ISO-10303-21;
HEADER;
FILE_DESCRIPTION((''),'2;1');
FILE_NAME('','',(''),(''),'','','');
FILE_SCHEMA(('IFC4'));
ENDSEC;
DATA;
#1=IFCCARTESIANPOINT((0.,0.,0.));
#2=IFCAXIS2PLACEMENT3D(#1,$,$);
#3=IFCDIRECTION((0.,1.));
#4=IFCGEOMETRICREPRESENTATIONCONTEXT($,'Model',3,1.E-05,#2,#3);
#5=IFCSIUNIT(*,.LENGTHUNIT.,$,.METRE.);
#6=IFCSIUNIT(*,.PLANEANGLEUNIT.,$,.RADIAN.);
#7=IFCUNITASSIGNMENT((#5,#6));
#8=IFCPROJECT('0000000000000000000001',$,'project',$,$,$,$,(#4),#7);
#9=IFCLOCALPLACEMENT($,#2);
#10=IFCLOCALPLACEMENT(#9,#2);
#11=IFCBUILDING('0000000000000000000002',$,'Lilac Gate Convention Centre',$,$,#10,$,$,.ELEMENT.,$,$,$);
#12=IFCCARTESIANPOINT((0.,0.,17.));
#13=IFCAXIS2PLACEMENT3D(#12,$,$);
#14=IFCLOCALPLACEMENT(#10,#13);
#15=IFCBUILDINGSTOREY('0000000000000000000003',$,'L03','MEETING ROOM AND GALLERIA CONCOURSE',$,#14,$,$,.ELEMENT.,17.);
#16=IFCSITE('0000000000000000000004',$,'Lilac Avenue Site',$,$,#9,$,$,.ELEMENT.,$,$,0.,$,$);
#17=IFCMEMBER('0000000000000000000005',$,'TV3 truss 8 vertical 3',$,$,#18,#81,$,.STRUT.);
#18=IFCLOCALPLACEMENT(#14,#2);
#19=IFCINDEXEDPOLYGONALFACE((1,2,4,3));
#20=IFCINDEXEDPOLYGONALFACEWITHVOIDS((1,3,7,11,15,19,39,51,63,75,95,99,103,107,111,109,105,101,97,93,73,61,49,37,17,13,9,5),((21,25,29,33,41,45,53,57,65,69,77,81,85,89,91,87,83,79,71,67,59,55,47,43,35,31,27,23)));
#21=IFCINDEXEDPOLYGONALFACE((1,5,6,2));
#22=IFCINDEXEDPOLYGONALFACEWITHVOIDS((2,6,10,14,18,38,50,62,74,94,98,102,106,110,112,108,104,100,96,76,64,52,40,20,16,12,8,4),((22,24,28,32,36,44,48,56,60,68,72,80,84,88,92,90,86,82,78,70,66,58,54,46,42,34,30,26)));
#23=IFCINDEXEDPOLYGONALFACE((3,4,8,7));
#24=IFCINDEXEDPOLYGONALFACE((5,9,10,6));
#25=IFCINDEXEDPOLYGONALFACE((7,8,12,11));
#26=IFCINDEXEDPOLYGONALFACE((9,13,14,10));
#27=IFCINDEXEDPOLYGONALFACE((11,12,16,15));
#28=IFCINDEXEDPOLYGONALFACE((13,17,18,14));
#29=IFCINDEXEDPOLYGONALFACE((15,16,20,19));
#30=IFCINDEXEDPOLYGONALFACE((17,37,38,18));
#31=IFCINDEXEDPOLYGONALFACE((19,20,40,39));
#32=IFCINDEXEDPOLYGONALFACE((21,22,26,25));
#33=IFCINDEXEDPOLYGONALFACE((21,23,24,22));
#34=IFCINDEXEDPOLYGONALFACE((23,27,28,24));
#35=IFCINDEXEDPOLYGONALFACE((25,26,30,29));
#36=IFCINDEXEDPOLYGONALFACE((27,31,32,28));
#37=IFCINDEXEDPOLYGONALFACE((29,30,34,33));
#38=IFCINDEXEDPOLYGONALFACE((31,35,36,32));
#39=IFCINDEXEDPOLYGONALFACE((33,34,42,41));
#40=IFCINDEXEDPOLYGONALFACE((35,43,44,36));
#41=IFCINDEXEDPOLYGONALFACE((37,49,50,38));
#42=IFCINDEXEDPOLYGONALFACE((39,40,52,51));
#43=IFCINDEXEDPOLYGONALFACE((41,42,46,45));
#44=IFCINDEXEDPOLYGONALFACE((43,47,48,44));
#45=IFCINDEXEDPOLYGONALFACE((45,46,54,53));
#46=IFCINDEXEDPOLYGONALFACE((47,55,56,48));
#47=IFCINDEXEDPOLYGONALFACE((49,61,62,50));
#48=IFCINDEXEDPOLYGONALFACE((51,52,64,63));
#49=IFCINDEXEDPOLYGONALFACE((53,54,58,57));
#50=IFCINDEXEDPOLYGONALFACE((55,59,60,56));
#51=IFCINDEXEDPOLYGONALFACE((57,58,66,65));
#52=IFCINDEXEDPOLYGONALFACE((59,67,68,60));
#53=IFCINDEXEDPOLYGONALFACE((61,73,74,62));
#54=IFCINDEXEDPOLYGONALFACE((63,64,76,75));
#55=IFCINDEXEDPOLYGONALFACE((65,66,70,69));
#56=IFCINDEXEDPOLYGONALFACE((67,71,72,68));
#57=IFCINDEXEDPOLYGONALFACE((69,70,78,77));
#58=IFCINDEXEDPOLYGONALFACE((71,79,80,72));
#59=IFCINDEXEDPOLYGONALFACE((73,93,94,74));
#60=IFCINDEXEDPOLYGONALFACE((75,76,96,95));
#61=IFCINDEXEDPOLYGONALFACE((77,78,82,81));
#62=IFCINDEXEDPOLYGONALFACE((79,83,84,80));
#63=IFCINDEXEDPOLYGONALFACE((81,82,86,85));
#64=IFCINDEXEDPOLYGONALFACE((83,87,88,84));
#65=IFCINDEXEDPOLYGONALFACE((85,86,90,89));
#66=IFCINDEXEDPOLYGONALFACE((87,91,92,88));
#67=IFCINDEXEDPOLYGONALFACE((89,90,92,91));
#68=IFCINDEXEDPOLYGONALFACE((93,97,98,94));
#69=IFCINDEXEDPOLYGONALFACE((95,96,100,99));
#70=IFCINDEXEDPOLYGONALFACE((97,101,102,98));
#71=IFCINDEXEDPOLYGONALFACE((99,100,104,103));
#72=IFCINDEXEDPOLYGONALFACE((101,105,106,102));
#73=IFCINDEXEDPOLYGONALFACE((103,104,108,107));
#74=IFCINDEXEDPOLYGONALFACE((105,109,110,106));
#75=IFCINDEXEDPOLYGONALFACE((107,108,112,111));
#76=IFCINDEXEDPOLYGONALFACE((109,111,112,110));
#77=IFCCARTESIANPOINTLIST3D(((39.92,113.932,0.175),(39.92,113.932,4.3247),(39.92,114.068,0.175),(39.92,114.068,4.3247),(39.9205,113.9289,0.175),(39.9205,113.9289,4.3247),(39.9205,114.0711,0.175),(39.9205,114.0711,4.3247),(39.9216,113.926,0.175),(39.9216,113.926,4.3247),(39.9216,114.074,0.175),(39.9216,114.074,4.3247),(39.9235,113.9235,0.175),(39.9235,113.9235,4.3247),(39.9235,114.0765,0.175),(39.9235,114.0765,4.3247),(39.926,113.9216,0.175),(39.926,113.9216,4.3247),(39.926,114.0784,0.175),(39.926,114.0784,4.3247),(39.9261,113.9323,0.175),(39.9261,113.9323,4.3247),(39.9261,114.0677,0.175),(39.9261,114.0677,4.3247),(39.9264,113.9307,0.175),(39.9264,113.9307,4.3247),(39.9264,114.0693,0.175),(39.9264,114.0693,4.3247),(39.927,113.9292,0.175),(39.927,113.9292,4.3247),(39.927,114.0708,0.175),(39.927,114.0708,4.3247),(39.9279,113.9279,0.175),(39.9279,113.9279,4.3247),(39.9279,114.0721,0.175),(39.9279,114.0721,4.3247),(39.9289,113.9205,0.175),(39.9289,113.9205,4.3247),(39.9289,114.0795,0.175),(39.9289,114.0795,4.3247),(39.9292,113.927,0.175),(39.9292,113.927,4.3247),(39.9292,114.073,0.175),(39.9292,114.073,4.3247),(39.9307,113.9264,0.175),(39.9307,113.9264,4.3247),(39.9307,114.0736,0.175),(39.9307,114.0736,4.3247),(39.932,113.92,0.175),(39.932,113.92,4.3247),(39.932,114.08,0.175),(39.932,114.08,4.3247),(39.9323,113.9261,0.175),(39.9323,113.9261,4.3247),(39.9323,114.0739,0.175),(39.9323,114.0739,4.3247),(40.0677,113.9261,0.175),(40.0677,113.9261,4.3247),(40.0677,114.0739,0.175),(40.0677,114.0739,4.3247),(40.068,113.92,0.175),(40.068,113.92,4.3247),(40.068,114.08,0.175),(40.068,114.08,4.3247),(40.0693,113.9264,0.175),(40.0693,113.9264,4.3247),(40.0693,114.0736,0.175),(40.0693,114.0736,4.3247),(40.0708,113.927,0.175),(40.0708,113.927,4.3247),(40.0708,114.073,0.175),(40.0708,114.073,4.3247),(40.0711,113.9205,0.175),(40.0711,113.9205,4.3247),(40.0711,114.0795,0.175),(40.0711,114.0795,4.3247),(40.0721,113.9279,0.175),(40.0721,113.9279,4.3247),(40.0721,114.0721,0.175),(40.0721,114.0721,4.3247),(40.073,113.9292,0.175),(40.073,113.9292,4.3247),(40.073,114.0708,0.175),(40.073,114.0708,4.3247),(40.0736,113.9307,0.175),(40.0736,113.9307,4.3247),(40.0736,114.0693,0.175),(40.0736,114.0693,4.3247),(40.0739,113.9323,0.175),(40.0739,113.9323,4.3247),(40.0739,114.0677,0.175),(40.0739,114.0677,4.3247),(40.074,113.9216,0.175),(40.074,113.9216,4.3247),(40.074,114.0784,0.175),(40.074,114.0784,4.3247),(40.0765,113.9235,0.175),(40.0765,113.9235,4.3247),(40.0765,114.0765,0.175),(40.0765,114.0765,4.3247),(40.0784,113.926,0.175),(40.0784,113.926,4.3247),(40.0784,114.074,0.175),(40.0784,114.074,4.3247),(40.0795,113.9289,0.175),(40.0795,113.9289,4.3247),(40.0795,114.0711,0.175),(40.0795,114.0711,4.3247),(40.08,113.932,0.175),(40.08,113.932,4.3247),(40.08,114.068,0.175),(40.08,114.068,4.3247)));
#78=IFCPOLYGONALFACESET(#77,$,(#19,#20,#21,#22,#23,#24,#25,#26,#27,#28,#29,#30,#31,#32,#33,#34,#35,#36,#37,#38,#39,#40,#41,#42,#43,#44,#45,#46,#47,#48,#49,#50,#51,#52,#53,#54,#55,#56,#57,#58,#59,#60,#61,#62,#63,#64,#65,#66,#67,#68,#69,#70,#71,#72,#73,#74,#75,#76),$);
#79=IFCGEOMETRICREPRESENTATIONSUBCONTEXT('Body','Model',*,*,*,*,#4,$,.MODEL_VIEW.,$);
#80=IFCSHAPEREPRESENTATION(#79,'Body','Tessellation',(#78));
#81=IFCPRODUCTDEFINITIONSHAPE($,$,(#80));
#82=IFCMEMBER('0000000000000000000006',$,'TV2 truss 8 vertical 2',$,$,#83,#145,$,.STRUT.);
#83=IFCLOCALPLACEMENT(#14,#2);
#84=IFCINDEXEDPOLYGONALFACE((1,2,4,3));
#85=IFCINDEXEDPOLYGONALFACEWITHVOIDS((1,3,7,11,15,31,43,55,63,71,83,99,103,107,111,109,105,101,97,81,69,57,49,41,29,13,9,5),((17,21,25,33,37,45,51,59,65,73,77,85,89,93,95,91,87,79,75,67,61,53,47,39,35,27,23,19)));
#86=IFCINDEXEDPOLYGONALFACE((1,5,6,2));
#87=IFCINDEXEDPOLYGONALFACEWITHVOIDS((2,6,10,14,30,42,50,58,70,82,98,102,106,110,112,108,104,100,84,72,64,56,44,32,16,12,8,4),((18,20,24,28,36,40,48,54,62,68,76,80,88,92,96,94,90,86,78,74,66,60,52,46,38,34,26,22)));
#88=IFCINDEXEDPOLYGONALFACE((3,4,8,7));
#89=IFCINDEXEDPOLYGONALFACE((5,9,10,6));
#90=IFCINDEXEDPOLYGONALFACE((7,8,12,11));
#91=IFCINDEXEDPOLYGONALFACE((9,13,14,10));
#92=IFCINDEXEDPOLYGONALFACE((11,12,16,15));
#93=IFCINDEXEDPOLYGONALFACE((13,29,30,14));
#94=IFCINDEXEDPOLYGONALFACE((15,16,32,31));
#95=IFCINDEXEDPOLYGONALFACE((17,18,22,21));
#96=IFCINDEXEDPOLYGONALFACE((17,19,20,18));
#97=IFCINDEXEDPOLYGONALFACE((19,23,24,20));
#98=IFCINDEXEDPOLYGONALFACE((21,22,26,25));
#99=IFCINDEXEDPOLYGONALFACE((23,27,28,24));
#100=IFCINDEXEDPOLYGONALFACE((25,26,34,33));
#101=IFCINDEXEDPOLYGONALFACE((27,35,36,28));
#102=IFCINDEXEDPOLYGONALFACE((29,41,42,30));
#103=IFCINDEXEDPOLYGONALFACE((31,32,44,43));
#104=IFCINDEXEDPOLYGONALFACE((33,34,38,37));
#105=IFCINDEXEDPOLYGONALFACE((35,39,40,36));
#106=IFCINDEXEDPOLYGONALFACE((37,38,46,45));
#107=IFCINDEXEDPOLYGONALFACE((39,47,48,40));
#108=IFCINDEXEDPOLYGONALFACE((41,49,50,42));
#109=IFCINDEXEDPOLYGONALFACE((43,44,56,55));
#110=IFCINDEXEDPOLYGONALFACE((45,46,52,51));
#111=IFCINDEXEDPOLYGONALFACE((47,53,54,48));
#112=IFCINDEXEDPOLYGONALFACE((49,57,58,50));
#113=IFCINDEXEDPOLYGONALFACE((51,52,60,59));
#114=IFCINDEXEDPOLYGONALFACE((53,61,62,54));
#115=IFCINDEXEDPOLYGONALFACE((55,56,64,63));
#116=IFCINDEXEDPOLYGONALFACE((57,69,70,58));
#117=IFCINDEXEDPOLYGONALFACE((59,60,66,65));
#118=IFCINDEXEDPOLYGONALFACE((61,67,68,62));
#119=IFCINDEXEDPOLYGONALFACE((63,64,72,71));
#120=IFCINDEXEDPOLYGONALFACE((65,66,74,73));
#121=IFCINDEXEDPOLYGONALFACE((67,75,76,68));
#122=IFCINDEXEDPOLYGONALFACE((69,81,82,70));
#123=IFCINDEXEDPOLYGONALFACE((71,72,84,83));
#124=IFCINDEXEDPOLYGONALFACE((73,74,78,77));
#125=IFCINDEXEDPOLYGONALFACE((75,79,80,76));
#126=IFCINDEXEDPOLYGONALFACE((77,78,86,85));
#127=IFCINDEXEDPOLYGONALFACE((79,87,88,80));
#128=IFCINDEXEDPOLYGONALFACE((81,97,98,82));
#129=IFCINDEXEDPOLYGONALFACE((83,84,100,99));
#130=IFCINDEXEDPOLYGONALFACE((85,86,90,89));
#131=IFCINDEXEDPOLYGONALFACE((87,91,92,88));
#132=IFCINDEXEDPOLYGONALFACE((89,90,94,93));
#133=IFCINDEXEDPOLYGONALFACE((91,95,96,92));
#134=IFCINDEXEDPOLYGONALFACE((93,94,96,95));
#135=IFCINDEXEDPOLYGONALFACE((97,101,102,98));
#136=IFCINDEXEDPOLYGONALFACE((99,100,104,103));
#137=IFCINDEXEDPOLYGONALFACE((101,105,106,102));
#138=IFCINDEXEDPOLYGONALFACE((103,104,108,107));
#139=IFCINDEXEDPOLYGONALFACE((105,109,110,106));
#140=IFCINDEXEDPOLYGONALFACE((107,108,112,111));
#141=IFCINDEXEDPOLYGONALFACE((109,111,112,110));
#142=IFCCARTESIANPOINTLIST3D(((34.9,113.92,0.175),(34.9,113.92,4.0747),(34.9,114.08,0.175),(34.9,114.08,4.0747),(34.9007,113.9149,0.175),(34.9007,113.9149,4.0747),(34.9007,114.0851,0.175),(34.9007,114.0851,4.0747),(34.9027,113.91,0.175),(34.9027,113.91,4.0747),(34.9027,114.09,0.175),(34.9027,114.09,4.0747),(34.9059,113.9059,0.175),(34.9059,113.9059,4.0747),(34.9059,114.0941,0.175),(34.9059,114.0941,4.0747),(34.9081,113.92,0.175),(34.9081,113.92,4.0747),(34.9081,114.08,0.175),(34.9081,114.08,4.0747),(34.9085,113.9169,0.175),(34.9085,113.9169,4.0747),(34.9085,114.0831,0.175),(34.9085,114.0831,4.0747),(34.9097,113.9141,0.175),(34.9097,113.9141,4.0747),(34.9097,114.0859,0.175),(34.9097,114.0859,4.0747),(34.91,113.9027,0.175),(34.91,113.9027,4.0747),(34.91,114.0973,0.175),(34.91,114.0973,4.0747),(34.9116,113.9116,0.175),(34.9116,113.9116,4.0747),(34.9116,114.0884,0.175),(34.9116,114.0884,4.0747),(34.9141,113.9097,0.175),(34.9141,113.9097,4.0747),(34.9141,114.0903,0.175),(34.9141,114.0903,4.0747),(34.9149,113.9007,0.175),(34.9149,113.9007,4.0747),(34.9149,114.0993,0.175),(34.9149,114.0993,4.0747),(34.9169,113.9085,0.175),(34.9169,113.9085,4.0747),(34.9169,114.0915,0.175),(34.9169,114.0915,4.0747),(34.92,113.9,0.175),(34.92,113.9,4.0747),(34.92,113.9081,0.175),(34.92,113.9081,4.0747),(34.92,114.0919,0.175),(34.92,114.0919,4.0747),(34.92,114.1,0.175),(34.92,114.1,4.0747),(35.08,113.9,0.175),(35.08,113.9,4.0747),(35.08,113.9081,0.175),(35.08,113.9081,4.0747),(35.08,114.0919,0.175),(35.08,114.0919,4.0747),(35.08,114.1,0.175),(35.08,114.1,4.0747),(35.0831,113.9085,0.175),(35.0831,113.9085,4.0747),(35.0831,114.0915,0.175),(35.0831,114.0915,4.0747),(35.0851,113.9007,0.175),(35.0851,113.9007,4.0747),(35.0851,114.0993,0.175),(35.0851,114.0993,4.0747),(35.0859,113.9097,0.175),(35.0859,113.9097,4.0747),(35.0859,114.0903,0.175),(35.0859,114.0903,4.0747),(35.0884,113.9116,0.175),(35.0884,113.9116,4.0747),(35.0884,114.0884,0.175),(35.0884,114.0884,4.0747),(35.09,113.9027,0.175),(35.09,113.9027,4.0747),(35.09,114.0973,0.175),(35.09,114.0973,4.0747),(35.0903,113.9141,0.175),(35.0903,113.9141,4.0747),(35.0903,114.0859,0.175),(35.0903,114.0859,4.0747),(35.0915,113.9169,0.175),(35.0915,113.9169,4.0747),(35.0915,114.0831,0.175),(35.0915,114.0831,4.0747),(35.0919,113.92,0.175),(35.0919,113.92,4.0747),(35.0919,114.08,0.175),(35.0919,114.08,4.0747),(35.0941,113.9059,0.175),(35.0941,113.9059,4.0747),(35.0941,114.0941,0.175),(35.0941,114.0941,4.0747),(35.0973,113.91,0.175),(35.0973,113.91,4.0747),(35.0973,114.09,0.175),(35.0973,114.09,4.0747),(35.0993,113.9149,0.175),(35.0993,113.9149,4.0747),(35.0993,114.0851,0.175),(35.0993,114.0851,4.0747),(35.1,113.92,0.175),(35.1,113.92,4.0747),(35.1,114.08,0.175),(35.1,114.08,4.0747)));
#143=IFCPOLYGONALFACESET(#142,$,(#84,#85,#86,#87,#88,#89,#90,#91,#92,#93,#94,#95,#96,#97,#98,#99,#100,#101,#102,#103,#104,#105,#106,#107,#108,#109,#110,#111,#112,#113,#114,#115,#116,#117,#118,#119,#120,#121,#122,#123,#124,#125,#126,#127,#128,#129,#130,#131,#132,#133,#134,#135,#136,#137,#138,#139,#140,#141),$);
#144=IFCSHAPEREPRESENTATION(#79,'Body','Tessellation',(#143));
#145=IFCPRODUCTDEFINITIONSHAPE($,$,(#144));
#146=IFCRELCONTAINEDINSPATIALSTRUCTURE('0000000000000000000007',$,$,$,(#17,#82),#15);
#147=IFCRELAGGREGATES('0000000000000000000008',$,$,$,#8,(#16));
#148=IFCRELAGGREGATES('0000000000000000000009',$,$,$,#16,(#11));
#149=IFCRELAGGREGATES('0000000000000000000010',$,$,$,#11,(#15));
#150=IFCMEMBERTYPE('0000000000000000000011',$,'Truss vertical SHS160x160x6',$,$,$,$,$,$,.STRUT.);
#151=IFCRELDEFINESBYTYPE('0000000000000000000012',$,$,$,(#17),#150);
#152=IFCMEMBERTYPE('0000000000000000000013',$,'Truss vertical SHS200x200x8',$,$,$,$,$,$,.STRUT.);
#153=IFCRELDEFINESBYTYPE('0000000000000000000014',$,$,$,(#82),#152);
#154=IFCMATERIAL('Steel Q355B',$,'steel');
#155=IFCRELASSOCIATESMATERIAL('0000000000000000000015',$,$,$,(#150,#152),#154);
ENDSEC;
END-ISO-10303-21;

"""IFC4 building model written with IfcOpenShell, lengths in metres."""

from ifc_helpers import new_model, si_unit, direction, frame, origin, origin_2d, place, context, subcontext, project, spatial, hollow_rectangle, extrude, material, material_profile, profile_set, type_object, element, save


model = new_model("IFC4")

# Units and contexts
model_context = context("Model", 3, precision=1e-05, world=origin(), true_north=direction((0.0, 1.0)))
body_context = subcontext(model_context, "Body", "Model", "MODEL_VIEW")
ifc_project = project(units=[si_unit("LENGTHUNIT", "METRE"), si_unit("PLANEANGLEUNIT", "RADIAN")], contexts=[model_context])

# Site, building, storey
site_placement = place(None, origin())
site = spatial("IfcSite", under=ifc_project, at=site_placement, Name="Lilac Avenue Site", CompositionType="ELEMENT", RefElevation=0.0)
building_placement = place(site_placement, origin())
building = spatial("IfcBuilding", under=site, at=building_placement, Name="Lilac Gate Convention Centre", CompositionType="ELEMENT")
storey_placement = place(building_placement, frame((0.0, 0.0, 17.0)))
storey = spatial("IfcBuildingStorey", under=building, at=storey_placement, Name="L03", Description="MEETING ROOM AND GALLERIA CONCOURSE", CompositionType="ELEMENT", Elevation=17.0)

# Members
ifc_material = material(Name="Steel Q355B", Category="steel")
ifc_material_profile_1 = material_profile(ifc_material, hollow_rectangle(XDim=0.1599, YDim=0.1599, WallThickness=0.0061, InnerFilletRadius=0.0061, OuterFilletRadius=0.012, at=origin_2d()), Name="SHS160x160x6")
ifc_profile_set_1 = profile_set([ifc_material_profile_1], Name="Steel Q355B")
member_type_1 = type_object("IfcMemberType", Name="Truss vertical SHS160x160x6", PredefinedType="STRUT", material=ifc_profile_set_1)
member_1_placement = place(storey_placement, frame((40.0, 114.0, 0.175), z_axis=(0.0, 0.0, 1.0), x_axis=(1.0, 0.0, 0.0)))
element("IfcMember", 1, at=member_1_placement, inside=storey, type_object=member_type_1, Name="TV3 truss 8 vertical 3", PredefinedType="STRUT", context=body_context, shape_type="SweptSolid", body=[
    extrude(hollow_rectangle(XDim=0.1599, YDim=0.1599, WallThickness=0.0061, InnerFilletRadius=0.0061, OuterFilletRadius=0.012, at=origin_2d()), origin(), (0.0, 0.0, 1.0), 4.1497),
])
ifc_material_profile_2 = material_profile(ifc_material, hollow_rectangle(XDim=0.2, YDim=0.2, WallThickness=0.0081, InnerFilletRadius=0.012, OuterFilletRadius=0.02, at=origin_2d()), Name="SHS200x200x8")
ifc_profile_set_2 = profile_set([ifc_material_profile_2], Name="Steel Q355B")
member_type_2 = type_object("IfcMemberType", Name="Truss vertical SHS200x200x8", PredefinedType="STRUT", material=ifc_profile_set_2)
for number, where, z_axis, x_axis, name in (
    (2, (35.0, 114.0, 0.175), (0.0, 0.0, 1.0), (1.0, 0.0, 0.0), "TV2 truss 8 vertical 2"),
):
    element("IfcMember", number, at=place(storey_placement, frame(where, z_axis=z_axis, x_axis=x_axis)), inside=storey, type_object=member_type_2, Name=name, PredefinedType="STRUT", context=body_context, shape_type="SweptSolid", body=[
        extrude(hollow_rectangle(XDim=0.2, YDim=0.2, WallThickness=0.0081, InnerFilletRadius=0.012, OuterFilletRadius=0.02, at=origin_2d()), origin(), (0.0, 0.0, 1.0), 3.8997),
    ])

save(model, "model.ifc")
